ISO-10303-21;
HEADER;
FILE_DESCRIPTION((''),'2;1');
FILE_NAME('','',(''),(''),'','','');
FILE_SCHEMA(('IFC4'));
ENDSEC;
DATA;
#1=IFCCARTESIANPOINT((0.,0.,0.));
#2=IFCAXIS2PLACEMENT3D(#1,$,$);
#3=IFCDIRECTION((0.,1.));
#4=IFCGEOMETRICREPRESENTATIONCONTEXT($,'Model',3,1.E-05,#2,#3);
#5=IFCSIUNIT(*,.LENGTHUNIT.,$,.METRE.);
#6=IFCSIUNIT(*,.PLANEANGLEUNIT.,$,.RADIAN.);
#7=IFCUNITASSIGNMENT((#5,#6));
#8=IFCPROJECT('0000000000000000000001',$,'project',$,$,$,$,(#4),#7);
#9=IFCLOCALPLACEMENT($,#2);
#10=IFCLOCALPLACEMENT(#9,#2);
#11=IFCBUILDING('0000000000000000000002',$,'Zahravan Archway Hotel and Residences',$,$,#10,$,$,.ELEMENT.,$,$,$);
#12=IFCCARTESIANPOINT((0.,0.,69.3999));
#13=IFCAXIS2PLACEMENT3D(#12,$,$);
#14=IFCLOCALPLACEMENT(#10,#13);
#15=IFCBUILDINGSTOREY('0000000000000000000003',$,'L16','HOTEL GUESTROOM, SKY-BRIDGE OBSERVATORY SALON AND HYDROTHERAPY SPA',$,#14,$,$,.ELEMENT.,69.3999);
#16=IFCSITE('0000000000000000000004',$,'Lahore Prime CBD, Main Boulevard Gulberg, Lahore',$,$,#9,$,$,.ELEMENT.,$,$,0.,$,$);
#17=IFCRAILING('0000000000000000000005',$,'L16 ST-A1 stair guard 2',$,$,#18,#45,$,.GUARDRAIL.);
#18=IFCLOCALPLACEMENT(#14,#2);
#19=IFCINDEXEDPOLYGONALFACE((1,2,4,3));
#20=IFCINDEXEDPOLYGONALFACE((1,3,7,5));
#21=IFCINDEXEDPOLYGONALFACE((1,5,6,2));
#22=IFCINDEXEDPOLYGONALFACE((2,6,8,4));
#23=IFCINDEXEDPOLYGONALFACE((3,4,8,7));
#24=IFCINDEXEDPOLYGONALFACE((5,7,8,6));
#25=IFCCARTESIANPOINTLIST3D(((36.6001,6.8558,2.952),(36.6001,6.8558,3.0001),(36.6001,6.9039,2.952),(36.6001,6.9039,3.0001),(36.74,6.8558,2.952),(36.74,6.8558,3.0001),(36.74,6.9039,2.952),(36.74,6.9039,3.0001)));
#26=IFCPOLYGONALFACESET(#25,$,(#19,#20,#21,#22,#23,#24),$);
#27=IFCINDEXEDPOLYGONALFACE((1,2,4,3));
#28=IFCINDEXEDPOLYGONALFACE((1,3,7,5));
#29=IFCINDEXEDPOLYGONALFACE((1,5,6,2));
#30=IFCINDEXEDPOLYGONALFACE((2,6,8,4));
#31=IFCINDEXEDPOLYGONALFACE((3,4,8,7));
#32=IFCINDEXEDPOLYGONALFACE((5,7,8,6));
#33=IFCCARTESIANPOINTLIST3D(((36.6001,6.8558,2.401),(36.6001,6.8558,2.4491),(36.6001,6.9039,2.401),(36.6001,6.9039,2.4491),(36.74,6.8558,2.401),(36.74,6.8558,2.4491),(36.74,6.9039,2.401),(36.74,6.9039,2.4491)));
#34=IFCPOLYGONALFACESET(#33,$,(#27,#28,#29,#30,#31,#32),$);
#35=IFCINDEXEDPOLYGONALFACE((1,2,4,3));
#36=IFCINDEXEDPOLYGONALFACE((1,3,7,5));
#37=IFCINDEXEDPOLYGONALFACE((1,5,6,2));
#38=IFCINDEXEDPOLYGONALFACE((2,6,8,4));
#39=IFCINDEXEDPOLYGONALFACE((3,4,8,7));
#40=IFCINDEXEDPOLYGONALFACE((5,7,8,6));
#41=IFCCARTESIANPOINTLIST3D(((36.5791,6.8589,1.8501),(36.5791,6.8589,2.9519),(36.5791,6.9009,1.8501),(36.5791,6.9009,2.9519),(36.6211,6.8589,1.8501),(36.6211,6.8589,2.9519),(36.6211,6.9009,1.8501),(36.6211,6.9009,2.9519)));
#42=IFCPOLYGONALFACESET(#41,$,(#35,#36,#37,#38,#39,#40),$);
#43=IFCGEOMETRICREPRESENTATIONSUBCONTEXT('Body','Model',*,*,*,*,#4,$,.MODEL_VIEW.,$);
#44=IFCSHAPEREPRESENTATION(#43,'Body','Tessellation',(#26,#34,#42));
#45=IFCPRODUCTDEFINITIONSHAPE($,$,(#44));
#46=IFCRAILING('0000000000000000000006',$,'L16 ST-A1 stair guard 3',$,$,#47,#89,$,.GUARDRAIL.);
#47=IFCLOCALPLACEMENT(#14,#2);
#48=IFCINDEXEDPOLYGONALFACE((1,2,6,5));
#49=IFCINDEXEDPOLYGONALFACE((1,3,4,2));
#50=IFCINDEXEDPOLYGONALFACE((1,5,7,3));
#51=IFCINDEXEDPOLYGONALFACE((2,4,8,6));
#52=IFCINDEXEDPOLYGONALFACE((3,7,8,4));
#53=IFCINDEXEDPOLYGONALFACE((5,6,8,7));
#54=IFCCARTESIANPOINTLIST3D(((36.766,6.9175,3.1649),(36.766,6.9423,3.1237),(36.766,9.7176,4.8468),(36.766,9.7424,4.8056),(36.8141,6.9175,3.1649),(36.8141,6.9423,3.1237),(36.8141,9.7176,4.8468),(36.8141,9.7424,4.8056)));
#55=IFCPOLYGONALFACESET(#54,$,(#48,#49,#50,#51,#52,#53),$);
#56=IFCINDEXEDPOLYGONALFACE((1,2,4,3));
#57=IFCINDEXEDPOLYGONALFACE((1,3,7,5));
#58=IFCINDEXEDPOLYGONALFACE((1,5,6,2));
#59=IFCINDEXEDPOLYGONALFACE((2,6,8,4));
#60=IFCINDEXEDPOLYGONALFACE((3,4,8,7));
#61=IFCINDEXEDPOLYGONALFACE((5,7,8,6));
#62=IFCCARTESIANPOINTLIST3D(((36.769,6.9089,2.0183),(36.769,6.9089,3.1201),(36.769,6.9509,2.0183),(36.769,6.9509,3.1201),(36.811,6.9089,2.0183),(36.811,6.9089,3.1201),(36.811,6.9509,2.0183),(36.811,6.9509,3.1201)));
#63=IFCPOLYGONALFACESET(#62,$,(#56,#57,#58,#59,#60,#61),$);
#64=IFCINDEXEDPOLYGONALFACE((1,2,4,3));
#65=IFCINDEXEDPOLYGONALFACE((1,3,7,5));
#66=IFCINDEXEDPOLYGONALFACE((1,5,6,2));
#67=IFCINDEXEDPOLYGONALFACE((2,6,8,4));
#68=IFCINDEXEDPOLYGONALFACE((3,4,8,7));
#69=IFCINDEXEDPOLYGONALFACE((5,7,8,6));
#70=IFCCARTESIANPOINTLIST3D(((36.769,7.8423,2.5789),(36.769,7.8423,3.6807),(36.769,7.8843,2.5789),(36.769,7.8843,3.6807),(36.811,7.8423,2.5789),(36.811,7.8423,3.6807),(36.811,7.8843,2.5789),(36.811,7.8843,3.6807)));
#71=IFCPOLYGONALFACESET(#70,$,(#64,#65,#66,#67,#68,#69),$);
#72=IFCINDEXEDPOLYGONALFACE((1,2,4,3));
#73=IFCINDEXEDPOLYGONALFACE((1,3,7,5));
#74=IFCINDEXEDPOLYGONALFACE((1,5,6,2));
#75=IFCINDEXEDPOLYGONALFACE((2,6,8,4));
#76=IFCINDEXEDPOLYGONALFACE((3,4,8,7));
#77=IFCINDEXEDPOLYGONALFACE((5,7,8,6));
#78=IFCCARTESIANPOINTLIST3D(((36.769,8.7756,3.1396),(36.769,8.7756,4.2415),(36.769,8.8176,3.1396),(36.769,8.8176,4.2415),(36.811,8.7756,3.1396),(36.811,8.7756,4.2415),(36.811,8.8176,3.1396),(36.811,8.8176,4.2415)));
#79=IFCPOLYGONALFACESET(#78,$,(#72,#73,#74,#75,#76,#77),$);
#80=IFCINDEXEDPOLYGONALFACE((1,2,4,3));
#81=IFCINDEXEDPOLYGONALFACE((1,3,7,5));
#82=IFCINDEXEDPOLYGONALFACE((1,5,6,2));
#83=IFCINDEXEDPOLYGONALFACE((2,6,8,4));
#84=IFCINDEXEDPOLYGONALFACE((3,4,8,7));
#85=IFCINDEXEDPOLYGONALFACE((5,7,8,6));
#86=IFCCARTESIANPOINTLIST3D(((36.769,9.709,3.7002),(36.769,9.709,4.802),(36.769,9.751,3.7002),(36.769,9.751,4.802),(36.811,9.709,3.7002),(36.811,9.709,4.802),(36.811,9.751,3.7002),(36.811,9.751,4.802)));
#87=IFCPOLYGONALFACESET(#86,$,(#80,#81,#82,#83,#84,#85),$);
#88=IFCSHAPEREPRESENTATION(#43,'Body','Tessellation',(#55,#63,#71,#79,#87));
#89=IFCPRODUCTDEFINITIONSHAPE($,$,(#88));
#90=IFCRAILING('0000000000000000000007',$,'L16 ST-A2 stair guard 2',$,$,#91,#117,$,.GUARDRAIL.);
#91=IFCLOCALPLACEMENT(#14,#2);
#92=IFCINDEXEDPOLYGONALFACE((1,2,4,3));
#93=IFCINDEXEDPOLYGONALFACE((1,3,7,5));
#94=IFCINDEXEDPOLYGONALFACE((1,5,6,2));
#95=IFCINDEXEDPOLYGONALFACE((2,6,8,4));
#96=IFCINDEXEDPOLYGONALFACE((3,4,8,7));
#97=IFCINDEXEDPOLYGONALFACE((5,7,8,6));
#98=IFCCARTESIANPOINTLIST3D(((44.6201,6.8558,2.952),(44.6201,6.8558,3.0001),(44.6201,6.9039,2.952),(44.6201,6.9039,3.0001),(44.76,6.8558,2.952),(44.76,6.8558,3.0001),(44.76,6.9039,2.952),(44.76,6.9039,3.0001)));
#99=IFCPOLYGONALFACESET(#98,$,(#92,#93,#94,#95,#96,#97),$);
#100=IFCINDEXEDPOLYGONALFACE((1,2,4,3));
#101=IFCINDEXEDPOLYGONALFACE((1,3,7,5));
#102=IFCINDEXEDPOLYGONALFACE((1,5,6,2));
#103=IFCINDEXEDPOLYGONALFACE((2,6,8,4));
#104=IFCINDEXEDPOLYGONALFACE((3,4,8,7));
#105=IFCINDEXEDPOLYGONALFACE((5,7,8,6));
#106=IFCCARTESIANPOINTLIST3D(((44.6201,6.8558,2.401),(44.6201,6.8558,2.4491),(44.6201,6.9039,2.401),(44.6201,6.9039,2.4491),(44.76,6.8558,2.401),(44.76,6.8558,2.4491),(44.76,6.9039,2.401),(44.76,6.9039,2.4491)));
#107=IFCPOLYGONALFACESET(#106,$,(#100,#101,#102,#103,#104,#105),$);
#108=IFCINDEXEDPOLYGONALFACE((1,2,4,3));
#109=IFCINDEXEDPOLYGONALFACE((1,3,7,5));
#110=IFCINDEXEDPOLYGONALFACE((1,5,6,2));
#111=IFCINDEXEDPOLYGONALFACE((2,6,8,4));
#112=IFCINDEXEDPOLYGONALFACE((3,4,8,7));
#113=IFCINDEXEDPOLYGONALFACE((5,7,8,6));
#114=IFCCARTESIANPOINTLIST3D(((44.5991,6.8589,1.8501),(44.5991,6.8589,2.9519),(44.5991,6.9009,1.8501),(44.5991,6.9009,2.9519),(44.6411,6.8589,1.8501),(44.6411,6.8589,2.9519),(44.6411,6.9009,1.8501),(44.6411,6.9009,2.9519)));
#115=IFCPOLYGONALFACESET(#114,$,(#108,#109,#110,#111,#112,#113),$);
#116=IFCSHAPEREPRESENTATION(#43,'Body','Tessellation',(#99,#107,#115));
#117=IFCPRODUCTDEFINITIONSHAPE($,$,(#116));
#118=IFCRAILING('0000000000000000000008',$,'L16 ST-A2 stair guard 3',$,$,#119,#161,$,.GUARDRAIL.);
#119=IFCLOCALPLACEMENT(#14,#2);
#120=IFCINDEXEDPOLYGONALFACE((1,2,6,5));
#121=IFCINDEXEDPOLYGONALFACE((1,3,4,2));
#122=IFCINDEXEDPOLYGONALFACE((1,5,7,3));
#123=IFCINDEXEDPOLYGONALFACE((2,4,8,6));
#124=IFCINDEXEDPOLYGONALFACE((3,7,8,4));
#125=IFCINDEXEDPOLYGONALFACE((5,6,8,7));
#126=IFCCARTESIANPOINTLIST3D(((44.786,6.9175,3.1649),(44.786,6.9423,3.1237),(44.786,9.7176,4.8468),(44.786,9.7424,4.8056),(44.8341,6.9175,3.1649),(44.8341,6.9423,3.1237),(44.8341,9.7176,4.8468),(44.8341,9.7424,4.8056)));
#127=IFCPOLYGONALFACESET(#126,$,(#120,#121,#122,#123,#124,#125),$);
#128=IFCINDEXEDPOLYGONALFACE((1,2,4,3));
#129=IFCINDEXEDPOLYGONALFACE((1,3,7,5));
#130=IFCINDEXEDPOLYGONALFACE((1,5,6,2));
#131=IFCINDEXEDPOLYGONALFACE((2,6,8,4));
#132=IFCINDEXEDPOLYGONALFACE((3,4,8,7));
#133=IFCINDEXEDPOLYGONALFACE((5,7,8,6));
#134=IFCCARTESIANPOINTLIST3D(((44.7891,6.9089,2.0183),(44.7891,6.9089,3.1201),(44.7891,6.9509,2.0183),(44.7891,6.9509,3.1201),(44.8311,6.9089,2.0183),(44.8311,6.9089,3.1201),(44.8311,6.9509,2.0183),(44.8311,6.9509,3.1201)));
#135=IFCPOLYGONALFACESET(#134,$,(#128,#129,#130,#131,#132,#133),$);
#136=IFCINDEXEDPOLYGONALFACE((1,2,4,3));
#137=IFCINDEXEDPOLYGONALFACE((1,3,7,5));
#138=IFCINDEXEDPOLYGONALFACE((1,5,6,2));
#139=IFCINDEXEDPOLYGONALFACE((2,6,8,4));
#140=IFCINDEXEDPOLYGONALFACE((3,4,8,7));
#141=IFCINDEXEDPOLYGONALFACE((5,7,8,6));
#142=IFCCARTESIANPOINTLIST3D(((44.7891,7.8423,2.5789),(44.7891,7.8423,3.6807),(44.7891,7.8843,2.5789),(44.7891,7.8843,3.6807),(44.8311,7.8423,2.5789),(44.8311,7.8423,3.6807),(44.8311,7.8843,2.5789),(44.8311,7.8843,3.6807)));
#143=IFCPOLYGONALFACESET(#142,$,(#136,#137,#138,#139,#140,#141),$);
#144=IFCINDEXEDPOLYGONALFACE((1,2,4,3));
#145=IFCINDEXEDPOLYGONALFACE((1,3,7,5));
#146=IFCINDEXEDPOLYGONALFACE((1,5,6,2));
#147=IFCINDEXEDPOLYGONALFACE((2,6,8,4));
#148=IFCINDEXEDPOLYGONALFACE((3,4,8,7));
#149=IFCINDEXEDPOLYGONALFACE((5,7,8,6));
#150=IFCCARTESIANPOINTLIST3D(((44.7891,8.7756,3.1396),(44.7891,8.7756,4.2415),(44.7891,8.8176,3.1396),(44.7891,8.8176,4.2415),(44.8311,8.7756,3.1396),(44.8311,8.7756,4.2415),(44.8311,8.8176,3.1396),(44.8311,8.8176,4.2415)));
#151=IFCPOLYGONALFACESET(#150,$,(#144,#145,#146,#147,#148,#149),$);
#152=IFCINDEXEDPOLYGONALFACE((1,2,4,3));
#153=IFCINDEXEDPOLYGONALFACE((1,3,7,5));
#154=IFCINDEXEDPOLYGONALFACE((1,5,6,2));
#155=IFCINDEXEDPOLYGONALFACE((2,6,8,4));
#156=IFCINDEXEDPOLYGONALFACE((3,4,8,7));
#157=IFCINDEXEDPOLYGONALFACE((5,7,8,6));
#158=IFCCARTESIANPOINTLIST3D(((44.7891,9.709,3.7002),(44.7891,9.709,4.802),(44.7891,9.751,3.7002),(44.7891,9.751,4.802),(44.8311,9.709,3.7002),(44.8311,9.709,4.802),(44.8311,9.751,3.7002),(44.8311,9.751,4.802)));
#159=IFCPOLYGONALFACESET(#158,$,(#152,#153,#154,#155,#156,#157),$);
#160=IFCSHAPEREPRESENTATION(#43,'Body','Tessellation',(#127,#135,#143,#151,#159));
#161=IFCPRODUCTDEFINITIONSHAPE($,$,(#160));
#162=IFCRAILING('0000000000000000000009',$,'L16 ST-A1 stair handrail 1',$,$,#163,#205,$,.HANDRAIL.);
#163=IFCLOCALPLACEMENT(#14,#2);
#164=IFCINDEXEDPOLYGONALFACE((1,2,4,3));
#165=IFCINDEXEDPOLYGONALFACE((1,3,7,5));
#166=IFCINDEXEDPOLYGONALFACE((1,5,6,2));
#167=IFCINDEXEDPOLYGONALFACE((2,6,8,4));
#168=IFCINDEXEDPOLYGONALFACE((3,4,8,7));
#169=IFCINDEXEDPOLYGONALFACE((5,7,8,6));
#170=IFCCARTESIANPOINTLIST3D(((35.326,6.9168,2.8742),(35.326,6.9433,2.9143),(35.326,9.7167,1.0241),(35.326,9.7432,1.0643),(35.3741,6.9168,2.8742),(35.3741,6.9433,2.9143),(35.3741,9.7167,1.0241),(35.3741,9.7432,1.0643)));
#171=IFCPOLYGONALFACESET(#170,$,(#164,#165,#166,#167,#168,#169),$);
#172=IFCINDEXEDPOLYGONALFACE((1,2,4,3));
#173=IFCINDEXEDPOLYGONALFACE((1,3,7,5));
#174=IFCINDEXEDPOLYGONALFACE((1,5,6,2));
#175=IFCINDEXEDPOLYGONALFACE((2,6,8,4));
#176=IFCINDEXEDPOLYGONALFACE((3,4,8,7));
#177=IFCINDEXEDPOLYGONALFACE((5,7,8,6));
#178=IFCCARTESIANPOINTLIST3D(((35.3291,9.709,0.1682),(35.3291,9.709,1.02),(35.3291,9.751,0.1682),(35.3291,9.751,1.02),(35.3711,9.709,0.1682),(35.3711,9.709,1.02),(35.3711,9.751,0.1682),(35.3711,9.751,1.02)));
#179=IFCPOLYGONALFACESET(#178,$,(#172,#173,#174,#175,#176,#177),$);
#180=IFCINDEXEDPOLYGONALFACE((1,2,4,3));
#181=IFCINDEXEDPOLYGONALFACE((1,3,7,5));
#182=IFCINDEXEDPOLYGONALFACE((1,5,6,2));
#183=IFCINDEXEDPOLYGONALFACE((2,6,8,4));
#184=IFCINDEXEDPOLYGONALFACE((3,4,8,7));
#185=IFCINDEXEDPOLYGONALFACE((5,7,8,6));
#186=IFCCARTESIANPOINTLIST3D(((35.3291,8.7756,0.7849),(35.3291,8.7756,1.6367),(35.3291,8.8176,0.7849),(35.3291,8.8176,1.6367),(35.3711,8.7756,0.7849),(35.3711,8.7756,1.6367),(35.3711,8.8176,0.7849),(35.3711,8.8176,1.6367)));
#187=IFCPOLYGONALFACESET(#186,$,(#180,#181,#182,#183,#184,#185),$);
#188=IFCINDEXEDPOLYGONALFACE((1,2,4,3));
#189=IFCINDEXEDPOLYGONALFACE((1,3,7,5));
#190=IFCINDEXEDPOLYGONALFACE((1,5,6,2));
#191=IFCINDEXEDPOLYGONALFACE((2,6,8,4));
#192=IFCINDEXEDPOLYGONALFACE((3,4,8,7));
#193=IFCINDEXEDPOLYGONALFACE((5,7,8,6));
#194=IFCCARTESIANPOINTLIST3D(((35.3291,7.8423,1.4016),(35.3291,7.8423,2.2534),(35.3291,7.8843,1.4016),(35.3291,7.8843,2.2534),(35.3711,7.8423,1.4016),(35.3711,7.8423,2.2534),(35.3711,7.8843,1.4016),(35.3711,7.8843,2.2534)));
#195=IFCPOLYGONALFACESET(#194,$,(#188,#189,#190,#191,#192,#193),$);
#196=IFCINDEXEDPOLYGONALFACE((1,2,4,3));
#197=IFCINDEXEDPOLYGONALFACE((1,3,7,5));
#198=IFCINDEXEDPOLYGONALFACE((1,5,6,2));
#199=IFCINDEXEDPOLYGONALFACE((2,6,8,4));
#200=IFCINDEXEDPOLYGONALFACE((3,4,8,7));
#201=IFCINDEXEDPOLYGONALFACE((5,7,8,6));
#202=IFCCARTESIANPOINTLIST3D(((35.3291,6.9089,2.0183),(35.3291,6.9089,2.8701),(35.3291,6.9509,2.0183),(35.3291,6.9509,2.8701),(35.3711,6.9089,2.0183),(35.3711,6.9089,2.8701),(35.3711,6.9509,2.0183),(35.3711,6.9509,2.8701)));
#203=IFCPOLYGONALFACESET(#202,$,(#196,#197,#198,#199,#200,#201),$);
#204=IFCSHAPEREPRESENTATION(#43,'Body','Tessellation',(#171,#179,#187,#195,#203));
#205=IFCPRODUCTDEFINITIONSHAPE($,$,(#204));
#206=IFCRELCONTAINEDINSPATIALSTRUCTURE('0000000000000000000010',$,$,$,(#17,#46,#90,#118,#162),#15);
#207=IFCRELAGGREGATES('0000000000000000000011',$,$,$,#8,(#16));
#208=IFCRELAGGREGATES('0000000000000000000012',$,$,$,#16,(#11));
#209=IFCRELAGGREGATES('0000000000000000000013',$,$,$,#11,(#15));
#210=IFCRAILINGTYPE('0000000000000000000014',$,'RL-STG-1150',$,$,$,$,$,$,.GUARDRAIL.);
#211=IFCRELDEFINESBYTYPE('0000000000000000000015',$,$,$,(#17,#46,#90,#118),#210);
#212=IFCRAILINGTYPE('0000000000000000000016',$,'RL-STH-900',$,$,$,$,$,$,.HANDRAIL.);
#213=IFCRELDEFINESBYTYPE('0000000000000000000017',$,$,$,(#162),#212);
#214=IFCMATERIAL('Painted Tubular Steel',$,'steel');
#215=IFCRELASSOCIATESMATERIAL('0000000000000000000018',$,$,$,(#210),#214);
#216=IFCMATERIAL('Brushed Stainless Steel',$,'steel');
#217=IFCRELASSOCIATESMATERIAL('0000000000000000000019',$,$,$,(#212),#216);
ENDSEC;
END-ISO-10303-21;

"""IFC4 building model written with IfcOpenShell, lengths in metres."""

from ifc_helpers import new_model, si_unit, direction, frame, origin, origin_2d, place, context, subcontext, project, spatial, rectangle, extrude, material, type_object, element, save


model = new_model("IFC4")

# Units and contexts
model_context = context("Model", 3, precision=1e-05, world=origin(), true_north=direction((0.0, 1.0)))
body_context = subcontext(model_context, "Body", "Model", "MODEL_VIEW")
ifc_project = project(units=[si_unit("LENGTHUNIT", "METRE"), si_unit("PLANEANGLEUNIT", "RADIAN")], contexts=[model_context])

# Site, building, storey
site_placement = place(None, origin())
site = spatial("IfcSite", under=ifc_project, at=site_placement, Name="Lahore Prime CBD, Main Boulevard Gulberg, Lahore", CompositionType="ELEMENT", RefElevation=0.0)
building_placement = place(site_placement, origin())
building = spatial("IfcBuilding", under=site, at=building_placement, Name="Zahravan Archway Hotel and Residences", CompositionType="ELEMENT")
storey_placement = place(building_placement, frame((0.0, 0.0, 69.3999)))
storey = spatial("IfcBuildingStorey", under=building, at=storey_placement, Name="L16", Description="HOTEL GUESTROOM, SKY-BRIDGE OBSERVATORY SALON AND HYDROTHERAPY SPA", CompositionType="ELEMENT", Elevation=69.3999)

# Railings
ifc_material_1 = material(Name="Painted Tubular Steel", Category="steel")
railing_type_1 = type_object("IfcRailingType", Name="RL-STG-1150", PredefinedType="GUARDRAIL", material=ifc_material_1)
railing_1_placement = place(storey_placement, frame((36.6001, 6.8799, 1.8501)))
element("IfcRailing", 1, at=railing_1_placement, inside=storey, type_object=railing_type_1, Name="L16 ST-A1 stair guard 2", PredefinedType="GUARDRAIL", context=body_context, shape_type="SweptSolid", body=[
    extrude(rectangle(XDim=0.0481, YDim=0.0481, at=origin_2d()), frame((0.0, 0.0, 1.126), z_axis=(1.0, 0.0, 0.0), x_axis=(0.0, 1.0, 0.0)), (0.0, 0.0, 1.0), 0.1399),
    extrude(rectangle(XDim=0.0481, YDim=0.0481, at=origin_2d()), frame((0.0, 0.0, 0.575), z_axis=(1.0, 0.0, 0.0), x_axis=(0.0, 1.0, 0.0)), (0.0, 0.0, 1.0), 0.1399),
    extrude(rectangle(XDim=0.042, YDim=0.042, at=origin_2d()), origin(), (0.0, 0.0, 1.0), 1.1018),
])
railing_2_placement = place(storey_placement, frame((36.79, 6.9299, 2.0183)))
element("IfcRailing", 2, at=railing_2_placement, inside=storey, type_object=railing_type_1, Name="L16 ST-A1 stair guard 3", PredefinedType="GUARDRAIL", context=body_context, shape_type="SweptSolid", body=[
    extrude(rectangle(XDim=0.0481, YDim=0.0481, at=origin_2d()), frame((0.0, 0.0, 1.126), z_axis=(0.0, 0.857242, 0.514913), x_axis=(-1.0, 0.0, 0.0)), (0.0, 0.0, 1.0), 3.2664),
    extrude(rectangle(XDim=0.042, YDim=0.042, at=origin_2d()), origin(), (0.0, 0.0, 1.0), 1.1018),
    extrude(rectangle(XDim=0.042, YDim=0.042, at=origin_2d()), frame((0.0, 0.9333, 0.5605)), (0.0, 0.0, 1.0), 1.1018),
    extrude(rectangle(XDim=0.042, YDim=0.042, at=origin_2d()), frame((0.0, 1.8667, 1.1213)), (0.0, 0.0, 1.0), 1.1018),
    extrude(rectangle(XDim=0.042, YDim=0.042, at=origin_2d()), frame((0.0, 2.8, 1.6819)), (0.0, 0.0, 1.0), 1.1018),
])
railing_3_placement = place(storey_placement, frame((44.6201, 6.8799, 1.8501)))
element("IfcRailing", 3, at=railing_3_placement, inside=storey, type_object=railing_type_1, Name="L16 ST-A2 stair guard 2", PredefinedType="GUARDRAIL", context=body_context, shape_type="SweptSolid", body=[
    extrude(rectangle(XDim=0.0481, YDim=0.0481, at=origin_2d()), frame((0.0, 0.0, 1.126), z_axis=(1.0, 0.0, 0.0), x_axis=(0.0, 1.0, 0.0)), (0.0, 0.0, 1.0), 0.1399),
    extrude(rectangle(XDim=0.0481, YDim=0.0481, at=origin_2d()), frame((0.0, 0.0, 0.575), z_axis=(1.0, 0.0, 0.0), x_axis=(0.0, 1.0, 0.0)), (0.0, 0.0, 1.0), 0.1399),
    extrude(rectangle(XDim=0.042, YDim=0.042, at=origin_2d()), origin(), (0.0, 0.0, 1.0), 1.1018),
])
railing_4_placement = place(storey_placement, frame((44.8101, 6.9299, 2.0183)))
element("IfcRailing", 4, at=railing_4_placement, inside=storey, type_object=railing_type_1, Name="L16 ST-A2 stair guard 3", PredefinedType="GUARDRAIL", context=body_context, shape_type="SweptSolid", body=[
    extrude(rectangle(XDim=0.0481, YDim=0.0481, at=origin_2d()), frame((0.0, 0.0, 1.126), z_axis=(0.0, 0.857242, 0.514913), x_axis=(-1.0, 0.0, 0.0)), (0.0, 0.0, 1.0), 3.2664),
    extrude(rectangle(XDim=0.042, YDim=0.042, at=origin_2d()), origin(), (0.0, 0.0, 1.0), 1.1018),
    extrude(rectangle(XDim=0.042, YDim=0.042, at=origin_2d()), frame((0.0, 0.9333, 0.5605)), (0.0, 0.0, 1.0), 1.1018),
    extrude(rectangle(XDim=0.042, YDim=0.042, at=origin_2d()), frame((0.0, 1.8667, 1.1213)), (0.0, 0.0, 1.0), 1.1018),
    extrude(rectangle(XDim=0.042, YDim=0.042, at=origin_2d()), frame((0.0, 2.8, 1.6819)), (0.0, 0.0, 1.0), 1.1018),
])
ifc_material_2 = material(Name="Brushed Stainless Steel", Category="steel")
railing_type_2 = type_object("IfcRailingType", Name="RL-STH-900", PredefinedType="HANDRAIL", material=ifc_material_2)
railing_5_placement = place(storey_placement, frame((35.3501, 9.73, 0.1682)))
element("IfcRailing", 5, at=railing_5_placement, inside=storey, type_object=railing_type_2, Name="L16 ST-A1 stair handrail 1", PredefinedType="HANDRAIL", context=body_context, shape_type="SweptSolid", body=[
    extrude(rectangle(XDim=0.0481, YDim=0.0481, at=origin_2d()), frame((0.0, 0.0, 0.876), z_axis=(0.0, -0.834326, 0.551271), x_axis=(1.0, 0.0, 0.0)), (0.0, 0.0, 1.0), 3.356),
    extrude(rectangle(XDim=0.042, YDim=0.042, at=origin_2d()), origin(), (0.0, 0.0, 1.0), 0.8518),
    extrude(rectangle(XDim=0.042, YDim=0.042, at=origin_2d()), frame((0.0, -0.9333, 0.6167)), (0.0, 0.0, 1.0), 0.8518),
    extrude(rectangle(XDim=0.042, YDim=0.042, at=origin_2d()), frame((0.0, -1.8667, 1.2334)), (0.0, 0.0, 1.0), 0.8518),
    extrude(rectangle(XDim=0.042, YDim=0.042, at=origin_2d()), frame((0.0, -2.8, 1.8501)), (0.0, 0.0, 1.0), 0.8518),
])

save(model, "model.ifc")
